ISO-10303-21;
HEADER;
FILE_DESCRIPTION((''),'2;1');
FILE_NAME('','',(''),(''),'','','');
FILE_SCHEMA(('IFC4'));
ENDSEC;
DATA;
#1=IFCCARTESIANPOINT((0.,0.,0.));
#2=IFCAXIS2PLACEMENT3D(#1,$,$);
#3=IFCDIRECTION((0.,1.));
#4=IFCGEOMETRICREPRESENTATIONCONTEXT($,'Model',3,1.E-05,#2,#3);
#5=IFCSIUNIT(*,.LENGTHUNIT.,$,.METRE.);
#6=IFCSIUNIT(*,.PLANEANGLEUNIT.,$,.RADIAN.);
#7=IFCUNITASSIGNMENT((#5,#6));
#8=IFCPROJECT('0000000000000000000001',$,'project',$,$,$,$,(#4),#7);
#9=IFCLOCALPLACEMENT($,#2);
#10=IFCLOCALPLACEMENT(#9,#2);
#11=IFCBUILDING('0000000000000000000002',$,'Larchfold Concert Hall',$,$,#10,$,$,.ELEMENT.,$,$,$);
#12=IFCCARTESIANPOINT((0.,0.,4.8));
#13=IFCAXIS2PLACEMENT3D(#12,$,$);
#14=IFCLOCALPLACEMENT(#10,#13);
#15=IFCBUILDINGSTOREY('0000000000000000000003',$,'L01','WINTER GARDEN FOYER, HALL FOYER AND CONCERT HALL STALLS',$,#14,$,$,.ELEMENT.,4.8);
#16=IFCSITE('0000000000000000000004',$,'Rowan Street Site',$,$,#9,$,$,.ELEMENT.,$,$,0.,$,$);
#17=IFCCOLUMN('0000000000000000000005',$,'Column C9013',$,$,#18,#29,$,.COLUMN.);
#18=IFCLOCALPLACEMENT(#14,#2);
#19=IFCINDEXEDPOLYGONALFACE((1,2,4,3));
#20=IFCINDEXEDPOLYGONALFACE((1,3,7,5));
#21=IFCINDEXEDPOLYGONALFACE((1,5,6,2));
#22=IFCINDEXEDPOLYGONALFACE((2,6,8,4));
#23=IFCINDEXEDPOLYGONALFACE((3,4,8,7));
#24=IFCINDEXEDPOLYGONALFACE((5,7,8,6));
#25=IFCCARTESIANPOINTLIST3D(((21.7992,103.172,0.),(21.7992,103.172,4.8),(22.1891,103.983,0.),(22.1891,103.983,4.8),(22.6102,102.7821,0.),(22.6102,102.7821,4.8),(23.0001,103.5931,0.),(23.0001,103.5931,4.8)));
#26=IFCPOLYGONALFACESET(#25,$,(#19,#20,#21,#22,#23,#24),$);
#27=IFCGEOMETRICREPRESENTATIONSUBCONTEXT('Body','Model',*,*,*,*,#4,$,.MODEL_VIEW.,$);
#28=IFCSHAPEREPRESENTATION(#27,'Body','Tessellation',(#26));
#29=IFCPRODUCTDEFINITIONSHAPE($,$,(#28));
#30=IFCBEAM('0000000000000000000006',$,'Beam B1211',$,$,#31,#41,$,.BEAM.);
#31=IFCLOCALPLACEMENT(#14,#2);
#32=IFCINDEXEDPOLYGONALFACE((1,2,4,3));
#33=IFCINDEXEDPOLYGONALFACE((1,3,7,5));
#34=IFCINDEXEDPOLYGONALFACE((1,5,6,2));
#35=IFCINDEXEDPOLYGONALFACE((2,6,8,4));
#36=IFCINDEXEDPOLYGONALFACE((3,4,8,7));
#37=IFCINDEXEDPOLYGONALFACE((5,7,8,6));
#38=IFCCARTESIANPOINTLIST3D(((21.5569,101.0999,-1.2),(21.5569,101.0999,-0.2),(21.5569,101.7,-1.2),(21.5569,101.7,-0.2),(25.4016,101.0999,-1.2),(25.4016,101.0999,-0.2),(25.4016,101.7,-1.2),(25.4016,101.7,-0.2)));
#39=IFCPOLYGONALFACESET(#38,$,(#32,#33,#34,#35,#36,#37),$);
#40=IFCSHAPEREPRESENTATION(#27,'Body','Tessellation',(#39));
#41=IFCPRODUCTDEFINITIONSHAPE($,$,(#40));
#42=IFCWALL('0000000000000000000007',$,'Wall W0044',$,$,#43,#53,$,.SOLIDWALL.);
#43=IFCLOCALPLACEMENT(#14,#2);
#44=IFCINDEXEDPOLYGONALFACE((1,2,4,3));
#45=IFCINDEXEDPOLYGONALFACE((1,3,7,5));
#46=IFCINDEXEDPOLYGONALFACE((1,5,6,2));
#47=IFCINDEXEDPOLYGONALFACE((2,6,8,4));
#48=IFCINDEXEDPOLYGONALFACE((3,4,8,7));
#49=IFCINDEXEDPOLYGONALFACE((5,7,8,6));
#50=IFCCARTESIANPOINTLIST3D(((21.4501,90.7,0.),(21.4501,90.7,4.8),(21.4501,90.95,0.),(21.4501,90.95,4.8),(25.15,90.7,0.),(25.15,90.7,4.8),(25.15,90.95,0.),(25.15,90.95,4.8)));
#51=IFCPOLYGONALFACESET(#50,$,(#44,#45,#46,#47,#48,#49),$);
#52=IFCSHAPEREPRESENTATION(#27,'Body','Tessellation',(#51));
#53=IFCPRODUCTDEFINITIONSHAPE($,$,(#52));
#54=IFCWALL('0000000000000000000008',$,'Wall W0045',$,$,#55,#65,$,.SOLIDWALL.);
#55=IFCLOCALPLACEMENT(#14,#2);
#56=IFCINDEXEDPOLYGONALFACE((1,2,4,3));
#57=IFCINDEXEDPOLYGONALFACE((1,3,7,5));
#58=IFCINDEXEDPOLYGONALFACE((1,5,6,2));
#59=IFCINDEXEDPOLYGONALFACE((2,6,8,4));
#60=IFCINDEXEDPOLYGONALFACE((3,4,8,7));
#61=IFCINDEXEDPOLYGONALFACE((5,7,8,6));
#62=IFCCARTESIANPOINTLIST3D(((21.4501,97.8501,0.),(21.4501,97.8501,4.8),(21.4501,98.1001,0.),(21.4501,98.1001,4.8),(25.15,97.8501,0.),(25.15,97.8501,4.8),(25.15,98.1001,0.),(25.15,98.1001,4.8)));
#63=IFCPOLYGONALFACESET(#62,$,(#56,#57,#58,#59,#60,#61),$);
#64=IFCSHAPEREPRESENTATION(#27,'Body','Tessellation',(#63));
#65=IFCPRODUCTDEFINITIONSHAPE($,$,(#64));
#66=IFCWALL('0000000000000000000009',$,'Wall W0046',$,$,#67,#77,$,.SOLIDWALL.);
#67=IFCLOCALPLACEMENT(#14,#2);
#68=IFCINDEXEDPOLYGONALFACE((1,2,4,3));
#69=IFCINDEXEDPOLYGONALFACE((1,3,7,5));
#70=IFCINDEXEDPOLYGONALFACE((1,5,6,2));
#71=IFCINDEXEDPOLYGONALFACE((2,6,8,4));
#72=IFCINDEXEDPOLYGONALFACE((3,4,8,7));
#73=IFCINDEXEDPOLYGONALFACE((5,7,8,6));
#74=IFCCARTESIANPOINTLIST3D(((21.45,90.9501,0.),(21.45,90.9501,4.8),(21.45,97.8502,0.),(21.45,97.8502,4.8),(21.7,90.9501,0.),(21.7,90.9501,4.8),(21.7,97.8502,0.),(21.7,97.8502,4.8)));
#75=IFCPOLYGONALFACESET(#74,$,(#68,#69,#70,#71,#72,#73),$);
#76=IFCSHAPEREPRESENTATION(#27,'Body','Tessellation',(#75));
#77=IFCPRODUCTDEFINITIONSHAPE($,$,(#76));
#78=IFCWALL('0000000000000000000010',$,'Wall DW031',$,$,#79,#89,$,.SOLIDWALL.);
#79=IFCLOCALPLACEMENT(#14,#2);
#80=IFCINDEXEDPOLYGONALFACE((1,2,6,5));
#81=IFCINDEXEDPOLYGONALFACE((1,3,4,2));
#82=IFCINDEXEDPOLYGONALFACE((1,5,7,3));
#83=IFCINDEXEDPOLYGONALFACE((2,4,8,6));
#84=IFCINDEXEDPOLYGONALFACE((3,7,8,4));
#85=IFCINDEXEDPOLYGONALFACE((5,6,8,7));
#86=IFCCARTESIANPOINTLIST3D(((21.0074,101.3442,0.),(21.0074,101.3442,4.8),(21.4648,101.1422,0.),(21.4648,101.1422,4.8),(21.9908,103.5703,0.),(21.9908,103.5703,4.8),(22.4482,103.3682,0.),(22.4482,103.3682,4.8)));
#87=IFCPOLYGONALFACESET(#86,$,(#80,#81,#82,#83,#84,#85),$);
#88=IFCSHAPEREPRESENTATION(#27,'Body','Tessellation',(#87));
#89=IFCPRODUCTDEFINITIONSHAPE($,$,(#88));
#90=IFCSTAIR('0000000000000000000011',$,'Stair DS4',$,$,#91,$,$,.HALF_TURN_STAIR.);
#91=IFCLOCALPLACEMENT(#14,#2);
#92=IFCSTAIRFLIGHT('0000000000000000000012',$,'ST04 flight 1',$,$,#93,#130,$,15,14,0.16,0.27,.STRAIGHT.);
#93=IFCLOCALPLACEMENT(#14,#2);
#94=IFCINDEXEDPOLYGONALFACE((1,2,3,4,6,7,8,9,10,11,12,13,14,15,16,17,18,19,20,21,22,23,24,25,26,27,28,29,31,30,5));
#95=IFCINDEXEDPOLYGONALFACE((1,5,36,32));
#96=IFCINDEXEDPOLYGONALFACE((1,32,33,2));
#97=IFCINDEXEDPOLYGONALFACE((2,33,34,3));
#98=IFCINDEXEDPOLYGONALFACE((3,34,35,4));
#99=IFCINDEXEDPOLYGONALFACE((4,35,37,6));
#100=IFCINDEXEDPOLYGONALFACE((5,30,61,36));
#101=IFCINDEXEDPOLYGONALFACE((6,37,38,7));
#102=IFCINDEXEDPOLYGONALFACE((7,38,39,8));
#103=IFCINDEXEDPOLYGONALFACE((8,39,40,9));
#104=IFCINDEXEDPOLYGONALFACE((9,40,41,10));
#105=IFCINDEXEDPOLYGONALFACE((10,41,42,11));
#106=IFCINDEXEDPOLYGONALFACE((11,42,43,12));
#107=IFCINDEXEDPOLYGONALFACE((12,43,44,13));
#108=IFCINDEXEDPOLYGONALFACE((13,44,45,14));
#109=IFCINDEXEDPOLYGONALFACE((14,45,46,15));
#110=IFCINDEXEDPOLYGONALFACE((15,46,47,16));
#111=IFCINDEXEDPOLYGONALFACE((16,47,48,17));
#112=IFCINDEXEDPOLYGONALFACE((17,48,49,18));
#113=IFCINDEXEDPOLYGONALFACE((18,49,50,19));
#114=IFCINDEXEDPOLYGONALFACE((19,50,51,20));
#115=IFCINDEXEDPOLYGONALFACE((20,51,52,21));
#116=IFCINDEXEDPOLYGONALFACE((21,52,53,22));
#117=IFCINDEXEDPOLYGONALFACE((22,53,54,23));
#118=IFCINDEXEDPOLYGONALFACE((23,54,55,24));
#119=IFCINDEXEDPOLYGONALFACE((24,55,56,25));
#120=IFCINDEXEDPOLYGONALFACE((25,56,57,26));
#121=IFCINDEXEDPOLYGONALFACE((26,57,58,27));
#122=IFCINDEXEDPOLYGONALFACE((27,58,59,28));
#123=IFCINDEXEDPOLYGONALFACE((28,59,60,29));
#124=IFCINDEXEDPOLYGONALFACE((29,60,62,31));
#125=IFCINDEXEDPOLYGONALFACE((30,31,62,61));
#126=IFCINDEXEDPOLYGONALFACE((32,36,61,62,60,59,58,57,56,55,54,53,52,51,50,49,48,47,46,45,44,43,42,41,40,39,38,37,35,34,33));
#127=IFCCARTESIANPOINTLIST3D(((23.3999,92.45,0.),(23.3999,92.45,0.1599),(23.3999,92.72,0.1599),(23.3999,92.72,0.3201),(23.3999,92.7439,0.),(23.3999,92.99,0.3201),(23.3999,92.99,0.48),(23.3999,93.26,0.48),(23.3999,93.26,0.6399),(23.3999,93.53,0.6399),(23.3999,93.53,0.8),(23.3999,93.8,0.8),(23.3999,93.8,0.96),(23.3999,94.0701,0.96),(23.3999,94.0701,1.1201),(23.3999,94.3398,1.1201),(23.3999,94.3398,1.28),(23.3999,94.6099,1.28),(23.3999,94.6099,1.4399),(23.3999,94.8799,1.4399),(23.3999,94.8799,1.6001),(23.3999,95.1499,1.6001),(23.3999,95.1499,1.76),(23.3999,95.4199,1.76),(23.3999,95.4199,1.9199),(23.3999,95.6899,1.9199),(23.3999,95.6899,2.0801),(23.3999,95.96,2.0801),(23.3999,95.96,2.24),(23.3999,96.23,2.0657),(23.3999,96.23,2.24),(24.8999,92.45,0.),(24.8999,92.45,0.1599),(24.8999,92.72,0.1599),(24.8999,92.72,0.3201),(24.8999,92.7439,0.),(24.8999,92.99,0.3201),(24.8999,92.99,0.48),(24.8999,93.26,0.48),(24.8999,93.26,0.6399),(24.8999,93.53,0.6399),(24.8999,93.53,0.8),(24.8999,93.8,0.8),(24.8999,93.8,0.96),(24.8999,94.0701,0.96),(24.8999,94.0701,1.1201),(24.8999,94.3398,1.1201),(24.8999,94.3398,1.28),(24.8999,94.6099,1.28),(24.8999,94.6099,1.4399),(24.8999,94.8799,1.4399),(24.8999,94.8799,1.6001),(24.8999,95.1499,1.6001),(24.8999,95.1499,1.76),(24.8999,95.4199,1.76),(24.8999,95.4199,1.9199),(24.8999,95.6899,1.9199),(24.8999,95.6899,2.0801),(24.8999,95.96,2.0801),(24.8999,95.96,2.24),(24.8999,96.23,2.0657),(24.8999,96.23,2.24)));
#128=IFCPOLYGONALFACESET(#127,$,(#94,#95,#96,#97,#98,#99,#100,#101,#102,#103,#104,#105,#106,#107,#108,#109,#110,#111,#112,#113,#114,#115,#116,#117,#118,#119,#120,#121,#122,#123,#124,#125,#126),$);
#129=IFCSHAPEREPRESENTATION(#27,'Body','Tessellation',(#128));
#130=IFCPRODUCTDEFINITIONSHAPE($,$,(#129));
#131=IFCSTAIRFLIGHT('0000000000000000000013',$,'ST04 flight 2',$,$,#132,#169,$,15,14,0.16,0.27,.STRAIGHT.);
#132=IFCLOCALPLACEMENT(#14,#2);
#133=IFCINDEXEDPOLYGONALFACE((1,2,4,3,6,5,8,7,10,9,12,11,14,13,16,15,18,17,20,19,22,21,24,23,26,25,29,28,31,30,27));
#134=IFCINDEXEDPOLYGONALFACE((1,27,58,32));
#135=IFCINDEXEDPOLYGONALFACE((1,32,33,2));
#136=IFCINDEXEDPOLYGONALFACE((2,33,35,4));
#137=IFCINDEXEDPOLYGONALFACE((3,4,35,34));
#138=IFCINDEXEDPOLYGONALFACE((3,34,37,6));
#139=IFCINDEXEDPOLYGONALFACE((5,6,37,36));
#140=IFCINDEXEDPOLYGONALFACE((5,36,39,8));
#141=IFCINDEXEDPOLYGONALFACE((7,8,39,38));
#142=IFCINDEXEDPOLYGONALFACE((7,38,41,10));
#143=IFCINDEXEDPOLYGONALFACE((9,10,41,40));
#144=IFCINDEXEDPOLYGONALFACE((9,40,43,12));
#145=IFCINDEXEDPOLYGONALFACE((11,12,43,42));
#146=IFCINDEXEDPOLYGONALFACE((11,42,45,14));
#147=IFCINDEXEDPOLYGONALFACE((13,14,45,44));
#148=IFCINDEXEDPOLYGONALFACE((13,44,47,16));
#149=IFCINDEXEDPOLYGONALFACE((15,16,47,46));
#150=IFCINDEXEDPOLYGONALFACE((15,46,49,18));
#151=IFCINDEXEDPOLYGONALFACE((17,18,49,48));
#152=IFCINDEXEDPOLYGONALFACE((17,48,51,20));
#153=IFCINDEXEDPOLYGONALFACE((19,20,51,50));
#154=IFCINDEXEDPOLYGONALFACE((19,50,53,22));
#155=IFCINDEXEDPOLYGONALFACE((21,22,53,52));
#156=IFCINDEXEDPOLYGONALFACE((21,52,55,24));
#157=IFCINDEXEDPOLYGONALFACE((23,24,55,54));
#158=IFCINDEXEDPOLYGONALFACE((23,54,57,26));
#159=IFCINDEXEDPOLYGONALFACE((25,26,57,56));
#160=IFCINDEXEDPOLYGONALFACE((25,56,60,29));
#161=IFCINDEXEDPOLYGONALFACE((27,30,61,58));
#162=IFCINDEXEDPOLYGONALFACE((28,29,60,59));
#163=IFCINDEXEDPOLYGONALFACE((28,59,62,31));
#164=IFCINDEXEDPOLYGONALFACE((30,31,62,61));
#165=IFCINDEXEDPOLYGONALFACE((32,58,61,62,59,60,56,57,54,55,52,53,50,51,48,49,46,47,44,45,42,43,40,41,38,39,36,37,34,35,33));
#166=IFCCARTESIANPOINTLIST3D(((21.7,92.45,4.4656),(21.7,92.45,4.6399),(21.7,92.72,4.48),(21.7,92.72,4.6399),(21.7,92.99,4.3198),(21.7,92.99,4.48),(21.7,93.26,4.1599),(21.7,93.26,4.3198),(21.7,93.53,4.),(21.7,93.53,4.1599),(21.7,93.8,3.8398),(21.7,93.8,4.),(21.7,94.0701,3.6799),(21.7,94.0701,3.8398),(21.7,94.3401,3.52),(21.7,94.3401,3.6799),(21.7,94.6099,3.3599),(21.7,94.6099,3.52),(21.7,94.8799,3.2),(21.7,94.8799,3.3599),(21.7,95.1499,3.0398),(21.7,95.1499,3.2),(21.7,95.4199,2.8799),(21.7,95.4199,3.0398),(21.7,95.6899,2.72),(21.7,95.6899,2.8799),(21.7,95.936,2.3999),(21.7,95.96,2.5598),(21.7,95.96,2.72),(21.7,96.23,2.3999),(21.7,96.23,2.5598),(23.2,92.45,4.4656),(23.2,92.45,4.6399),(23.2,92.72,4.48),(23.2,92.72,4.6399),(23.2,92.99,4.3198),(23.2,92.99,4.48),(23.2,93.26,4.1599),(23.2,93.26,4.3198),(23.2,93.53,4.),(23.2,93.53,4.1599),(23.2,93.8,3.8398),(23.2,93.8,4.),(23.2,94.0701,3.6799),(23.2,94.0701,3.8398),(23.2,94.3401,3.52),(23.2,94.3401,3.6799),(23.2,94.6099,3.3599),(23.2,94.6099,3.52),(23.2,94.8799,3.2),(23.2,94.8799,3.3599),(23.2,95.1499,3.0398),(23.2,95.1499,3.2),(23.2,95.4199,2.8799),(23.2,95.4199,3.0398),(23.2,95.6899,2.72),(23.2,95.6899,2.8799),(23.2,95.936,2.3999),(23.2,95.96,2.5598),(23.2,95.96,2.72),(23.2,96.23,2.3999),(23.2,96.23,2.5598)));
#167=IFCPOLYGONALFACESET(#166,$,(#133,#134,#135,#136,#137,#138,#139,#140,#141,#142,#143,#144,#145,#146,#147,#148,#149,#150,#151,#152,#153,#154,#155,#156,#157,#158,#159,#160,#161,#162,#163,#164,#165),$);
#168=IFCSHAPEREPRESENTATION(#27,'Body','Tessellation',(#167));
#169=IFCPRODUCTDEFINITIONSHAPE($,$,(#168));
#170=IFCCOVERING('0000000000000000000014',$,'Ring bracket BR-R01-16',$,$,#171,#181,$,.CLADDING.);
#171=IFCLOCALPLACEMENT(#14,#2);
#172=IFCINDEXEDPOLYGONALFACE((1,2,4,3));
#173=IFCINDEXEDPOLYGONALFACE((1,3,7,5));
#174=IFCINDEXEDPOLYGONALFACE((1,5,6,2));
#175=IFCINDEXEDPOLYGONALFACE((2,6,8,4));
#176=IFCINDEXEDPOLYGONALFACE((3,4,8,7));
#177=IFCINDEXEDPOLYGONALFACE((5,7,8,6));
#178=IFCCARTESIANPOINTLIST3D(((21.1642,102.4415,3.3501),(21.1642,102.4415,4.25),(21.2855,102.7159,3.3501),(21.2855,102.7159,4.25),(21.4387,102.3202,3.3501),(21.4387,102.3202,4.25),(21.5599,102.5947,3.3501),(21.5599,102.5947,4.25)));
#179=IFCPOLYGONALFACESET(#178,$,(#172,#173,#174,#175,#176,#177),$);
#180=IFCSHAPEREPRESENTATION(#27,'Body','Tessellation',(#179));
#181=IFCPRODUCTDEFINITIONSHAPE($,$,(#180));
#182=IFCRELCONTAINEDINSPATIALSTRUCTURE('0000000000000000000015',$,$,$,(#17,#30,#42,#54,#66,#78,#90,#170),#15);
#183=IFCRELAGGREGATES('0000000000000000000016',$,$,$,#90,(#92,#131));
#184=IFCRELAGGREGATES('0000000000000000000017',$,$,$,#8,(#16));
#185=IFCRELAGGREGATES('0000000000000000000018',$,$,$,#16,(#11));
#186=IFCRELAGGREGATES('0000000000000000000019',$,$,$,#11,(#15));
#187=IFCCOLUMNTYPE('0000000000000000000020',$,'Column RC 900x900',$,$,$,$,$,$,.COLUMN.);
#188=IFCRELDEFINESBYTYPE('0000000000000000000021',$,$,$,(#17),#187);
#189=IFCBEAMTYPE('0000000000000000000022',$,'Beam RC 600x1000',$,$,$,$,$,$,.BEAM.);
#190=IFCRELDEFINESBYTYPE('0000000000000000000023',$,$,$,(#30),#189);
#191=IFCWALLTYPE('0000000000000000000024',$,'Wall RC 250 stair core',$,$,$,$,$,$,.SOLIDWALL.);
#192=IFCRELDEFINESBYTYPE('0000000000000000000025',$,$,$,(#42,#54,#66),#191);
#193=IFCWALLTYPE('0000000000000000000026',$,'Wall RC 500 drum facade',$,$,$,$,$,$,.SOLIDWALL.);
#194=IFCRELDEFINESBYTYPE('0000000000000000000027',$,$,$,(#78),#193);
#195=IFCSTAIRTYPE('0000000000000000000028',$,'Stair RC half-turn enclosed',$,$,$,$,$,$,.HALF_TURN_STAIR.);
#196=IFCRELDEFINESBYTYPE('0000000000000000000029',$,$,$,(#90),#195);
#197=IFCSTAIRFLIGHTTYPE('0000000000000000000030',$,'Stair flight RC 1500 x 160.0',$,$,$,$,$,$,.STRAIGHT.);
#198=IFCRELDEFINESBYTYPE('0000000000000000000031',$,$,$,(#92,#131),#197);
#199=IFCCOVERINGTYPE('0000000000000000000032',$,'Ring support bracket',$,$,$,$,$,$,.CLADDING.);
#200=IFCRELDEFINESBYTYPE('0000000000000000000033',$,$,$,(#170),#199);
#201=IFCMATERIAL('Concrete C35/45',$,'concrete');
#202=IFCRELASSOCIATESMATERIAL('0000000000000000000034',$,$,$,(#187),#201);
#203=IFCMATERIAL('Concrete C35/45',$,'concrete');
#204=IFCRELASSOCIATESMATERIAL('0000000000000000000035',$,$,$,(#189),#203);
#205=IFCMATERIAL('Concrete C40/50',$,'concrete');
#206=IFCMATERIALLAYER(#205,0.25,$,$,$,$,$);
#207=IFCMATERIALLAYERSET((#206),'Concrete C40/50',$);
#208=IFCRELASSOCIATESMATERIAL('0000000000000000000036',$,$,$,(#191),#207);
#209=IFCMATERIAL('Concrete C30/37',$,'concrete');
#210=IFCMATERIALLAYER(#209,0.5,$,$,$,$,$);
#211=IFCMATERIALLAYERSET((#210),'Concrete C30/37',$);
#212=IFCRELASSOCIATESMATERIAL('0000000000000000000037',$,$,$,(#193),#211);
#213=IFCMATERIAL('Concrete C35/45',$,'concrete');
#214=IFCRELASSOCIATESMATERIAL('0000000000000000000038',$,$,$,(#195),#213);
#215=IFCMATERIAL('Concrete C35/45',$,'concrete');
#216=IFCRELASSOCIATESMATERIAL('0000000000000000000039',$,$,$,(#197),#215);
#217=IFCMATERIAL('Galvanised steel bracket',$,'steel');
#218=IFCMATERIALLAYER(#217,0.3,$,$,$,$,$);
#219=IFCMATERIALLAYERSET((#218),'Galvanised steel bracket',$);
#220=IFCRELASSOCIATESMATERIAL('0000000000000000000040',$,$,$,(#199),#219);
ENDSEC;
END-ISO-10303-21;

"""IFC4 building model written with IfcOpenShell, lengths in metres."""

from ifc_helpers import new_model, si_unit, direction, frame, frame_2d, origin, origin_2d, place, context, subcontext, project, spatial, polyline, rectangle, outline, extrude, material, layer, layer_set, material_profile, profile_set, type_object, element, aggregate, save


model = new_model("IFC4")

# Units and contexts
model_context = context("Model", 3, precision=1e-05, world=origin(), true_north=direction((0.0, 1.0)))
body_context = subcontext(model_context, "Body", "Model", "MODEL_VIEW")
ifc_project = project(units=[si_unit("LENGTHUNIT", "METRE"), si_unit("PLANEANGLEUNIT", "RADIAN")], contexts=[model_context])

# Site, building, storey
site_placement = place(None, origin())
site = spatial("IfcSite", under=ifc_project, at=site_placement, Name="Rowan Street Site", CompositionType="ELEMENT", RefElevation=0.0)
building_placement = place(site_placement, origin())
building = spatial("IfcBuilding", under=site, at=building_placement, Name="Larchfold Concert Hall", CompositionType="ELEMENT")
storey_placement = place(building_placement, frame((0.0, 0.0, 4.8)))
storey = spatial("IfcBuildingStorey", under=building, at=storey_placement, Name="L01", Description="WINTER GARDEN FOYER, HALL FOYER AND CONCERT HALL STALLS", CompositionType="ELEMENT", Elevation=4.8)

# Column
ifc_material_1 = material(Name="Concrete C35/45", Category="concrete")
ifc_material_profile_1 = material_profile(ifc_material_1, rectangle(XDim=0.8999, YDim=0.8999, at=origin_2d()))
ifc_profile_set_1 = profile_set([ifc_material_profile_1], Name="Concrete C35/45")
column_type = type_object("IfcColumnType", Name="Column RC 900x900", PredefinedType="COLUMN", material=ifc_profile_set_1)
column_placement = place(storey_placement, frame((22.3997, 103.3826, 0.0), z_axis=(0.0, 0.0, 1.0), x_axis=(0.433276, 0.901261, 0.0)))
element("IfcColumn", 1, at=column_placement, inside=storey, type_object=column_type, Name="Column C9013", PredefinedType="COLUMN", context=body_context, shape_type="SweptSolid", body=[
    extrude(rectangle(XDim=0.8999, YDim=0.8999, at=origin_2d()), origin(), (0.0, 0.0, 1.0), 4.8),
])

# Beam
ifc_material_2 = material(Name="Concrete C35/45", Category="concrete")
ifc_material_profile_2 = material_profile(ifc_material_2, rectangle(XDim=0.6001, YDim=1.0, at=origin_2d()))
ifc_profile_set_2 = profile_set([ifc_material_profile_2], Name="Concrete C35/45")
beam_type = type_object("IfcBeamType", Name="Beam RC 600x1000", PredefinedType="BEAM", material=ifc_profile_set_2)
beam_placement = place(storey_placement, frame((21.5569, 101.3999, -0.7), z_axis=(1.0, 0.0, 0.0), x_axis=(0.0, 1.0, 0.0)))
element("IfcBeam", 2, at=beam_placement, inside=storey, type_object=beam_type, Name="Beam B1211", PredefinedType="BEAM", context=body_context, shape_type="SweptSolid", body=[
    extrude(rectangle(XDim=0.6001, YDim=1.0, at=origin_2d()), origin(), (0.0, 0.0, 1.0), 3.8447),
])

# Walls
ifc_material_3 = material(Name="Concrete C40/50", Category="concrete")
ifc_layer_1 = layer(ifc_material_3, 0.25)
ifc_layer_set_1 = layer_set([ifc_layer_1], Name="Concrete C40/50")
wall_type_1 = type_object("IfcWallType", Name="Wall RC 250 stair core", PredefinedType="SOLIDWALL", material=ifc_layer_set_1)
for number, where, z_axis, x_axis, name in (
    (3, (21.45, 90.825, 0.0), (0.0, 0.0, 1.0), (1.0, 0.0, 0.0), "Wall W0044"),
    (4, (21.45, 97.9751, 0.0), (0.0, 0.0, 1.0), (1.0, 0.0, 0.0), "Wall W0045"),
):
    element("IfcWall", number, at=place(storey_placement, frame(where, z_axis=z_axis, x_axis=x_axis)), inside=storey, type_object=wall_type_1, Name=name, PredefinedType="SOLIDWALL", context=body_context, shape_type="SweptSolid", body=[
        extrude(rectangle(XDim=3.7, YDim=0.25, at=frame_2d((1.8501, 0.0))), origin(), (0.0, 0.0, 1.0), 4.8),
    ])
wall_1_placement = place(storey_placement, frame((21.575, 90.95, 0.0), z_axis=(0.0, 0.0, 1.0), x_axis=(0.0, 1.0, 0.0)))
element("IfcWall", 5, at=wall_1_placement, inside=storey, type_object=wall_type_1, Name="Wall W0046", PredefinedType="SOLIDWALL", context=body_context, shape_type="SweptSolid", body=[
    extrude(rectangle(XDim=6.9001, YDim=0.25, at=frame_2d((3.4502, 0.0))), origin(), (0.0, 0.0, 1.0), 4.8),
])
ifc_material_4 = material(Name="Concrete C30/37", Category="concrete")
ifc_layer_2 = layer(ifc_material_4, 0.5)
ifc_layer_set_2 = layer_set([ifc_layer_2], Name="Concrete C30/37")
wall_type_2 = type_object("IfcWallType", Name="Wall RC 500 drum facade", PredefinedType="SOLIDWALL", material=ifc_layer_set_2)
wall_2_placement = place(storey_placement, frame((22.2195, 103.4692, 0.0), z_axis=(0.0, 0.0, 1.0), x_axis=(-0.40409, -0.914719, 0.0)))
element("IfcWall", 6, at=wall_2_placement, inside=storey, type_object=wall_type_2, Name="Wall DW031", PredefinedType="SOLIDWALL", context=body_context, shape_type="SweptSolid", body=[
    extrude(rectangle(XDim=2.4336, YDim=0.5, at=frame_2d((1.2168, 0.0))), origin(), (0.0, 0.0, 1.0), 4.8),
])

# Stair, stair flights
ifc_material_5 = material(Name="Concrete C35/45", Category="concrete")
stair_type = type_object("IfcStairType", Name="Stair RC half-turn enclosed", PredefinedType="HALF_TURN_STAIR", material=ifc_material_5)
stair_placement = place(storey_placement, origin())
stair = element("IfcStair", 7, at=stair_placement, inside=storey, type_object=stair_type, Name="Stair DS4", PredefinedType="HALF_TURN_STAIR")
ifc_material_6 = material(Name="Concrete C35/45", Category="concrete")
stair_flight_type = type_object("IfcStairFlightType", Name="Stair flight RC 1500 x 160.0", PredefinedType="STRAIGHT", material=ifc_material_6)
stair_flight_1_placement = place(storey_placement, frame((24.1499, 92.45, 0.0), z_axis=(0.0, 0.0, 1.0), x_axis=(0.0, 1.0, 0.0)))
stair_flight_1 = element("IfcStairFlight", 8, at=stair_flight_1_placement, type_object=stair_flight_type, Name="ST04 flight 1", NumberOfRisers=15, NumberOfTreads=14, PredefinedType="STRAIGHT", RiserHeight=0.16, TreadLength=0.27, context=body_context, shape_type="SweptSolid", body=[
    extrude(outline(polyline([(0.0, 0.0), (0.0, 0.1599), (0.27, 0.1599), (0.27, 0.3201), (0.54, 0.3201), (0.54, 0.48), (0.8101, 0.48), (0.8101, 0.6399), (1.0801, 0.6399), (1.0801, 0.8), (1.3501, 0.8), (1.3501, 0.96), (1.6201, 0.96), (1.6201, 1.1201), (1.8899, 1.1201), (1.8899, 1.28), (2.1599, 1.28), (2.1599, 1.4399), (2.4299, 1.4399), (2.4299, 1.6001), (2.7, 1.6001), (2.7, 1.76), (2.97, 1.76), (2.97, 1.9199), (3.24, 1.9199), (3.24, 2.0801), (3.51, 2.0801), (3.51, 2.24), (3.78, 2.24), (3.78, 2.3999), (3.78, 2.0657), (0.2939, 0.0), (0.0, 0.0)])), frame((0.0, 0.75, 0.0), z_axis=(0.0, -1.0, 0.0), x_axis=(1.0, 0.0, 0.0)), (0.0, 0.0, 1.0), 1.5),
])
stair_flight_2_placement = place(storey_placement, frame((22.45, 96.23, 2.3999), z_axis=(0.0, 0.0, 1.0), x_axis=(0.0, -1.0, 0.0)))
stair_flight_2 = element("IfcStairFlight", 9, at=stair_flight_2_placement, type_object=stair_flight_type, Name="ST04 flight 2", NumberOfRisers=15, NumberOfTreads=14, PredefinedType="STRAIGHT", RiserHeight=0.16, TreadLength=0.27, context=body_context, shape_type="SweptSolid", body=[
    extrude(outline(polyline([(0.0, 0.0), (0.0, 0.1599), (0.27, 0.1599), (0.27, 0.3201), (0.54, 0.3201), (0.54, 0.48), (0.8101, 0.48), (0.8101, 0.6399), (1.0801, 0.6399), (1.0801, 0.8), (1.3501, 0.8), (1.3501, 0.96), (1.6201, 0.96), (1.6201, 1.1201), (1.8899, 1.1201), (1.8899, 1.28), (2.1599, 1.28), (2.1599, 1.4399), (2.4299, 1.4399), (2.4299, 1.6001), (2.7, 1.6001), (2.7, 1.76), (2.97, 1.76), (2.97, 1.9199), (3.24, 1.9199), (3.24, 2.0801), (3.51, 2.0801), (3.51, 2.24), (3.78, 2.24), (3.78, 2.3999), (3.78, 2.0657), (0.2939, 0.0), (0.0, 0.0)])), frame((0.0, 0.75, 0.0), z_axis=(0.0, -1.0, 0.0), x_axis=(1.0, 0.0, 0.0)), (0.0, 0.0, 1.0), 1.5),
])
aggregate(stair, [stair_flight_1, stair_flight_2])

# Covering
ifc_material_7 = material(Name="Galvanised steel bracket", Category="steel")
ifc_layer_3 = layer(ifc_material_7, 0.3)
ifc_layer_set_3 = layer_set([ifc_layer_3], Name="Galvanised steel bracket")
covering_type = type_object("IfcCoveringType", Name="Ring support bracket", PredefinedType="CLADDING", material=ifc_layer_set_3)
covering_placement = place(storey_placement, frame((21.3621, 102.5181, 3.3501), z_axis=(0.0, 0.0, 1.0), x_axis=(-0.914701, 0.404131, 0.0)))
element("IfcCovering", 10, at=covering_placement, inside=storey, type_object=covering_type, Name="Ring bracket BR-R01-16", PredefinedType="CLADDING", context=body_context, shape_type="SweptSolid", body=[
    extrude(rectangle(XDim=0.3, YDim=0.3, at=origin_2d()), origin(), (0.0, 0.0, 1.0), 0.8999),
])

save(model, "model.ifc")
